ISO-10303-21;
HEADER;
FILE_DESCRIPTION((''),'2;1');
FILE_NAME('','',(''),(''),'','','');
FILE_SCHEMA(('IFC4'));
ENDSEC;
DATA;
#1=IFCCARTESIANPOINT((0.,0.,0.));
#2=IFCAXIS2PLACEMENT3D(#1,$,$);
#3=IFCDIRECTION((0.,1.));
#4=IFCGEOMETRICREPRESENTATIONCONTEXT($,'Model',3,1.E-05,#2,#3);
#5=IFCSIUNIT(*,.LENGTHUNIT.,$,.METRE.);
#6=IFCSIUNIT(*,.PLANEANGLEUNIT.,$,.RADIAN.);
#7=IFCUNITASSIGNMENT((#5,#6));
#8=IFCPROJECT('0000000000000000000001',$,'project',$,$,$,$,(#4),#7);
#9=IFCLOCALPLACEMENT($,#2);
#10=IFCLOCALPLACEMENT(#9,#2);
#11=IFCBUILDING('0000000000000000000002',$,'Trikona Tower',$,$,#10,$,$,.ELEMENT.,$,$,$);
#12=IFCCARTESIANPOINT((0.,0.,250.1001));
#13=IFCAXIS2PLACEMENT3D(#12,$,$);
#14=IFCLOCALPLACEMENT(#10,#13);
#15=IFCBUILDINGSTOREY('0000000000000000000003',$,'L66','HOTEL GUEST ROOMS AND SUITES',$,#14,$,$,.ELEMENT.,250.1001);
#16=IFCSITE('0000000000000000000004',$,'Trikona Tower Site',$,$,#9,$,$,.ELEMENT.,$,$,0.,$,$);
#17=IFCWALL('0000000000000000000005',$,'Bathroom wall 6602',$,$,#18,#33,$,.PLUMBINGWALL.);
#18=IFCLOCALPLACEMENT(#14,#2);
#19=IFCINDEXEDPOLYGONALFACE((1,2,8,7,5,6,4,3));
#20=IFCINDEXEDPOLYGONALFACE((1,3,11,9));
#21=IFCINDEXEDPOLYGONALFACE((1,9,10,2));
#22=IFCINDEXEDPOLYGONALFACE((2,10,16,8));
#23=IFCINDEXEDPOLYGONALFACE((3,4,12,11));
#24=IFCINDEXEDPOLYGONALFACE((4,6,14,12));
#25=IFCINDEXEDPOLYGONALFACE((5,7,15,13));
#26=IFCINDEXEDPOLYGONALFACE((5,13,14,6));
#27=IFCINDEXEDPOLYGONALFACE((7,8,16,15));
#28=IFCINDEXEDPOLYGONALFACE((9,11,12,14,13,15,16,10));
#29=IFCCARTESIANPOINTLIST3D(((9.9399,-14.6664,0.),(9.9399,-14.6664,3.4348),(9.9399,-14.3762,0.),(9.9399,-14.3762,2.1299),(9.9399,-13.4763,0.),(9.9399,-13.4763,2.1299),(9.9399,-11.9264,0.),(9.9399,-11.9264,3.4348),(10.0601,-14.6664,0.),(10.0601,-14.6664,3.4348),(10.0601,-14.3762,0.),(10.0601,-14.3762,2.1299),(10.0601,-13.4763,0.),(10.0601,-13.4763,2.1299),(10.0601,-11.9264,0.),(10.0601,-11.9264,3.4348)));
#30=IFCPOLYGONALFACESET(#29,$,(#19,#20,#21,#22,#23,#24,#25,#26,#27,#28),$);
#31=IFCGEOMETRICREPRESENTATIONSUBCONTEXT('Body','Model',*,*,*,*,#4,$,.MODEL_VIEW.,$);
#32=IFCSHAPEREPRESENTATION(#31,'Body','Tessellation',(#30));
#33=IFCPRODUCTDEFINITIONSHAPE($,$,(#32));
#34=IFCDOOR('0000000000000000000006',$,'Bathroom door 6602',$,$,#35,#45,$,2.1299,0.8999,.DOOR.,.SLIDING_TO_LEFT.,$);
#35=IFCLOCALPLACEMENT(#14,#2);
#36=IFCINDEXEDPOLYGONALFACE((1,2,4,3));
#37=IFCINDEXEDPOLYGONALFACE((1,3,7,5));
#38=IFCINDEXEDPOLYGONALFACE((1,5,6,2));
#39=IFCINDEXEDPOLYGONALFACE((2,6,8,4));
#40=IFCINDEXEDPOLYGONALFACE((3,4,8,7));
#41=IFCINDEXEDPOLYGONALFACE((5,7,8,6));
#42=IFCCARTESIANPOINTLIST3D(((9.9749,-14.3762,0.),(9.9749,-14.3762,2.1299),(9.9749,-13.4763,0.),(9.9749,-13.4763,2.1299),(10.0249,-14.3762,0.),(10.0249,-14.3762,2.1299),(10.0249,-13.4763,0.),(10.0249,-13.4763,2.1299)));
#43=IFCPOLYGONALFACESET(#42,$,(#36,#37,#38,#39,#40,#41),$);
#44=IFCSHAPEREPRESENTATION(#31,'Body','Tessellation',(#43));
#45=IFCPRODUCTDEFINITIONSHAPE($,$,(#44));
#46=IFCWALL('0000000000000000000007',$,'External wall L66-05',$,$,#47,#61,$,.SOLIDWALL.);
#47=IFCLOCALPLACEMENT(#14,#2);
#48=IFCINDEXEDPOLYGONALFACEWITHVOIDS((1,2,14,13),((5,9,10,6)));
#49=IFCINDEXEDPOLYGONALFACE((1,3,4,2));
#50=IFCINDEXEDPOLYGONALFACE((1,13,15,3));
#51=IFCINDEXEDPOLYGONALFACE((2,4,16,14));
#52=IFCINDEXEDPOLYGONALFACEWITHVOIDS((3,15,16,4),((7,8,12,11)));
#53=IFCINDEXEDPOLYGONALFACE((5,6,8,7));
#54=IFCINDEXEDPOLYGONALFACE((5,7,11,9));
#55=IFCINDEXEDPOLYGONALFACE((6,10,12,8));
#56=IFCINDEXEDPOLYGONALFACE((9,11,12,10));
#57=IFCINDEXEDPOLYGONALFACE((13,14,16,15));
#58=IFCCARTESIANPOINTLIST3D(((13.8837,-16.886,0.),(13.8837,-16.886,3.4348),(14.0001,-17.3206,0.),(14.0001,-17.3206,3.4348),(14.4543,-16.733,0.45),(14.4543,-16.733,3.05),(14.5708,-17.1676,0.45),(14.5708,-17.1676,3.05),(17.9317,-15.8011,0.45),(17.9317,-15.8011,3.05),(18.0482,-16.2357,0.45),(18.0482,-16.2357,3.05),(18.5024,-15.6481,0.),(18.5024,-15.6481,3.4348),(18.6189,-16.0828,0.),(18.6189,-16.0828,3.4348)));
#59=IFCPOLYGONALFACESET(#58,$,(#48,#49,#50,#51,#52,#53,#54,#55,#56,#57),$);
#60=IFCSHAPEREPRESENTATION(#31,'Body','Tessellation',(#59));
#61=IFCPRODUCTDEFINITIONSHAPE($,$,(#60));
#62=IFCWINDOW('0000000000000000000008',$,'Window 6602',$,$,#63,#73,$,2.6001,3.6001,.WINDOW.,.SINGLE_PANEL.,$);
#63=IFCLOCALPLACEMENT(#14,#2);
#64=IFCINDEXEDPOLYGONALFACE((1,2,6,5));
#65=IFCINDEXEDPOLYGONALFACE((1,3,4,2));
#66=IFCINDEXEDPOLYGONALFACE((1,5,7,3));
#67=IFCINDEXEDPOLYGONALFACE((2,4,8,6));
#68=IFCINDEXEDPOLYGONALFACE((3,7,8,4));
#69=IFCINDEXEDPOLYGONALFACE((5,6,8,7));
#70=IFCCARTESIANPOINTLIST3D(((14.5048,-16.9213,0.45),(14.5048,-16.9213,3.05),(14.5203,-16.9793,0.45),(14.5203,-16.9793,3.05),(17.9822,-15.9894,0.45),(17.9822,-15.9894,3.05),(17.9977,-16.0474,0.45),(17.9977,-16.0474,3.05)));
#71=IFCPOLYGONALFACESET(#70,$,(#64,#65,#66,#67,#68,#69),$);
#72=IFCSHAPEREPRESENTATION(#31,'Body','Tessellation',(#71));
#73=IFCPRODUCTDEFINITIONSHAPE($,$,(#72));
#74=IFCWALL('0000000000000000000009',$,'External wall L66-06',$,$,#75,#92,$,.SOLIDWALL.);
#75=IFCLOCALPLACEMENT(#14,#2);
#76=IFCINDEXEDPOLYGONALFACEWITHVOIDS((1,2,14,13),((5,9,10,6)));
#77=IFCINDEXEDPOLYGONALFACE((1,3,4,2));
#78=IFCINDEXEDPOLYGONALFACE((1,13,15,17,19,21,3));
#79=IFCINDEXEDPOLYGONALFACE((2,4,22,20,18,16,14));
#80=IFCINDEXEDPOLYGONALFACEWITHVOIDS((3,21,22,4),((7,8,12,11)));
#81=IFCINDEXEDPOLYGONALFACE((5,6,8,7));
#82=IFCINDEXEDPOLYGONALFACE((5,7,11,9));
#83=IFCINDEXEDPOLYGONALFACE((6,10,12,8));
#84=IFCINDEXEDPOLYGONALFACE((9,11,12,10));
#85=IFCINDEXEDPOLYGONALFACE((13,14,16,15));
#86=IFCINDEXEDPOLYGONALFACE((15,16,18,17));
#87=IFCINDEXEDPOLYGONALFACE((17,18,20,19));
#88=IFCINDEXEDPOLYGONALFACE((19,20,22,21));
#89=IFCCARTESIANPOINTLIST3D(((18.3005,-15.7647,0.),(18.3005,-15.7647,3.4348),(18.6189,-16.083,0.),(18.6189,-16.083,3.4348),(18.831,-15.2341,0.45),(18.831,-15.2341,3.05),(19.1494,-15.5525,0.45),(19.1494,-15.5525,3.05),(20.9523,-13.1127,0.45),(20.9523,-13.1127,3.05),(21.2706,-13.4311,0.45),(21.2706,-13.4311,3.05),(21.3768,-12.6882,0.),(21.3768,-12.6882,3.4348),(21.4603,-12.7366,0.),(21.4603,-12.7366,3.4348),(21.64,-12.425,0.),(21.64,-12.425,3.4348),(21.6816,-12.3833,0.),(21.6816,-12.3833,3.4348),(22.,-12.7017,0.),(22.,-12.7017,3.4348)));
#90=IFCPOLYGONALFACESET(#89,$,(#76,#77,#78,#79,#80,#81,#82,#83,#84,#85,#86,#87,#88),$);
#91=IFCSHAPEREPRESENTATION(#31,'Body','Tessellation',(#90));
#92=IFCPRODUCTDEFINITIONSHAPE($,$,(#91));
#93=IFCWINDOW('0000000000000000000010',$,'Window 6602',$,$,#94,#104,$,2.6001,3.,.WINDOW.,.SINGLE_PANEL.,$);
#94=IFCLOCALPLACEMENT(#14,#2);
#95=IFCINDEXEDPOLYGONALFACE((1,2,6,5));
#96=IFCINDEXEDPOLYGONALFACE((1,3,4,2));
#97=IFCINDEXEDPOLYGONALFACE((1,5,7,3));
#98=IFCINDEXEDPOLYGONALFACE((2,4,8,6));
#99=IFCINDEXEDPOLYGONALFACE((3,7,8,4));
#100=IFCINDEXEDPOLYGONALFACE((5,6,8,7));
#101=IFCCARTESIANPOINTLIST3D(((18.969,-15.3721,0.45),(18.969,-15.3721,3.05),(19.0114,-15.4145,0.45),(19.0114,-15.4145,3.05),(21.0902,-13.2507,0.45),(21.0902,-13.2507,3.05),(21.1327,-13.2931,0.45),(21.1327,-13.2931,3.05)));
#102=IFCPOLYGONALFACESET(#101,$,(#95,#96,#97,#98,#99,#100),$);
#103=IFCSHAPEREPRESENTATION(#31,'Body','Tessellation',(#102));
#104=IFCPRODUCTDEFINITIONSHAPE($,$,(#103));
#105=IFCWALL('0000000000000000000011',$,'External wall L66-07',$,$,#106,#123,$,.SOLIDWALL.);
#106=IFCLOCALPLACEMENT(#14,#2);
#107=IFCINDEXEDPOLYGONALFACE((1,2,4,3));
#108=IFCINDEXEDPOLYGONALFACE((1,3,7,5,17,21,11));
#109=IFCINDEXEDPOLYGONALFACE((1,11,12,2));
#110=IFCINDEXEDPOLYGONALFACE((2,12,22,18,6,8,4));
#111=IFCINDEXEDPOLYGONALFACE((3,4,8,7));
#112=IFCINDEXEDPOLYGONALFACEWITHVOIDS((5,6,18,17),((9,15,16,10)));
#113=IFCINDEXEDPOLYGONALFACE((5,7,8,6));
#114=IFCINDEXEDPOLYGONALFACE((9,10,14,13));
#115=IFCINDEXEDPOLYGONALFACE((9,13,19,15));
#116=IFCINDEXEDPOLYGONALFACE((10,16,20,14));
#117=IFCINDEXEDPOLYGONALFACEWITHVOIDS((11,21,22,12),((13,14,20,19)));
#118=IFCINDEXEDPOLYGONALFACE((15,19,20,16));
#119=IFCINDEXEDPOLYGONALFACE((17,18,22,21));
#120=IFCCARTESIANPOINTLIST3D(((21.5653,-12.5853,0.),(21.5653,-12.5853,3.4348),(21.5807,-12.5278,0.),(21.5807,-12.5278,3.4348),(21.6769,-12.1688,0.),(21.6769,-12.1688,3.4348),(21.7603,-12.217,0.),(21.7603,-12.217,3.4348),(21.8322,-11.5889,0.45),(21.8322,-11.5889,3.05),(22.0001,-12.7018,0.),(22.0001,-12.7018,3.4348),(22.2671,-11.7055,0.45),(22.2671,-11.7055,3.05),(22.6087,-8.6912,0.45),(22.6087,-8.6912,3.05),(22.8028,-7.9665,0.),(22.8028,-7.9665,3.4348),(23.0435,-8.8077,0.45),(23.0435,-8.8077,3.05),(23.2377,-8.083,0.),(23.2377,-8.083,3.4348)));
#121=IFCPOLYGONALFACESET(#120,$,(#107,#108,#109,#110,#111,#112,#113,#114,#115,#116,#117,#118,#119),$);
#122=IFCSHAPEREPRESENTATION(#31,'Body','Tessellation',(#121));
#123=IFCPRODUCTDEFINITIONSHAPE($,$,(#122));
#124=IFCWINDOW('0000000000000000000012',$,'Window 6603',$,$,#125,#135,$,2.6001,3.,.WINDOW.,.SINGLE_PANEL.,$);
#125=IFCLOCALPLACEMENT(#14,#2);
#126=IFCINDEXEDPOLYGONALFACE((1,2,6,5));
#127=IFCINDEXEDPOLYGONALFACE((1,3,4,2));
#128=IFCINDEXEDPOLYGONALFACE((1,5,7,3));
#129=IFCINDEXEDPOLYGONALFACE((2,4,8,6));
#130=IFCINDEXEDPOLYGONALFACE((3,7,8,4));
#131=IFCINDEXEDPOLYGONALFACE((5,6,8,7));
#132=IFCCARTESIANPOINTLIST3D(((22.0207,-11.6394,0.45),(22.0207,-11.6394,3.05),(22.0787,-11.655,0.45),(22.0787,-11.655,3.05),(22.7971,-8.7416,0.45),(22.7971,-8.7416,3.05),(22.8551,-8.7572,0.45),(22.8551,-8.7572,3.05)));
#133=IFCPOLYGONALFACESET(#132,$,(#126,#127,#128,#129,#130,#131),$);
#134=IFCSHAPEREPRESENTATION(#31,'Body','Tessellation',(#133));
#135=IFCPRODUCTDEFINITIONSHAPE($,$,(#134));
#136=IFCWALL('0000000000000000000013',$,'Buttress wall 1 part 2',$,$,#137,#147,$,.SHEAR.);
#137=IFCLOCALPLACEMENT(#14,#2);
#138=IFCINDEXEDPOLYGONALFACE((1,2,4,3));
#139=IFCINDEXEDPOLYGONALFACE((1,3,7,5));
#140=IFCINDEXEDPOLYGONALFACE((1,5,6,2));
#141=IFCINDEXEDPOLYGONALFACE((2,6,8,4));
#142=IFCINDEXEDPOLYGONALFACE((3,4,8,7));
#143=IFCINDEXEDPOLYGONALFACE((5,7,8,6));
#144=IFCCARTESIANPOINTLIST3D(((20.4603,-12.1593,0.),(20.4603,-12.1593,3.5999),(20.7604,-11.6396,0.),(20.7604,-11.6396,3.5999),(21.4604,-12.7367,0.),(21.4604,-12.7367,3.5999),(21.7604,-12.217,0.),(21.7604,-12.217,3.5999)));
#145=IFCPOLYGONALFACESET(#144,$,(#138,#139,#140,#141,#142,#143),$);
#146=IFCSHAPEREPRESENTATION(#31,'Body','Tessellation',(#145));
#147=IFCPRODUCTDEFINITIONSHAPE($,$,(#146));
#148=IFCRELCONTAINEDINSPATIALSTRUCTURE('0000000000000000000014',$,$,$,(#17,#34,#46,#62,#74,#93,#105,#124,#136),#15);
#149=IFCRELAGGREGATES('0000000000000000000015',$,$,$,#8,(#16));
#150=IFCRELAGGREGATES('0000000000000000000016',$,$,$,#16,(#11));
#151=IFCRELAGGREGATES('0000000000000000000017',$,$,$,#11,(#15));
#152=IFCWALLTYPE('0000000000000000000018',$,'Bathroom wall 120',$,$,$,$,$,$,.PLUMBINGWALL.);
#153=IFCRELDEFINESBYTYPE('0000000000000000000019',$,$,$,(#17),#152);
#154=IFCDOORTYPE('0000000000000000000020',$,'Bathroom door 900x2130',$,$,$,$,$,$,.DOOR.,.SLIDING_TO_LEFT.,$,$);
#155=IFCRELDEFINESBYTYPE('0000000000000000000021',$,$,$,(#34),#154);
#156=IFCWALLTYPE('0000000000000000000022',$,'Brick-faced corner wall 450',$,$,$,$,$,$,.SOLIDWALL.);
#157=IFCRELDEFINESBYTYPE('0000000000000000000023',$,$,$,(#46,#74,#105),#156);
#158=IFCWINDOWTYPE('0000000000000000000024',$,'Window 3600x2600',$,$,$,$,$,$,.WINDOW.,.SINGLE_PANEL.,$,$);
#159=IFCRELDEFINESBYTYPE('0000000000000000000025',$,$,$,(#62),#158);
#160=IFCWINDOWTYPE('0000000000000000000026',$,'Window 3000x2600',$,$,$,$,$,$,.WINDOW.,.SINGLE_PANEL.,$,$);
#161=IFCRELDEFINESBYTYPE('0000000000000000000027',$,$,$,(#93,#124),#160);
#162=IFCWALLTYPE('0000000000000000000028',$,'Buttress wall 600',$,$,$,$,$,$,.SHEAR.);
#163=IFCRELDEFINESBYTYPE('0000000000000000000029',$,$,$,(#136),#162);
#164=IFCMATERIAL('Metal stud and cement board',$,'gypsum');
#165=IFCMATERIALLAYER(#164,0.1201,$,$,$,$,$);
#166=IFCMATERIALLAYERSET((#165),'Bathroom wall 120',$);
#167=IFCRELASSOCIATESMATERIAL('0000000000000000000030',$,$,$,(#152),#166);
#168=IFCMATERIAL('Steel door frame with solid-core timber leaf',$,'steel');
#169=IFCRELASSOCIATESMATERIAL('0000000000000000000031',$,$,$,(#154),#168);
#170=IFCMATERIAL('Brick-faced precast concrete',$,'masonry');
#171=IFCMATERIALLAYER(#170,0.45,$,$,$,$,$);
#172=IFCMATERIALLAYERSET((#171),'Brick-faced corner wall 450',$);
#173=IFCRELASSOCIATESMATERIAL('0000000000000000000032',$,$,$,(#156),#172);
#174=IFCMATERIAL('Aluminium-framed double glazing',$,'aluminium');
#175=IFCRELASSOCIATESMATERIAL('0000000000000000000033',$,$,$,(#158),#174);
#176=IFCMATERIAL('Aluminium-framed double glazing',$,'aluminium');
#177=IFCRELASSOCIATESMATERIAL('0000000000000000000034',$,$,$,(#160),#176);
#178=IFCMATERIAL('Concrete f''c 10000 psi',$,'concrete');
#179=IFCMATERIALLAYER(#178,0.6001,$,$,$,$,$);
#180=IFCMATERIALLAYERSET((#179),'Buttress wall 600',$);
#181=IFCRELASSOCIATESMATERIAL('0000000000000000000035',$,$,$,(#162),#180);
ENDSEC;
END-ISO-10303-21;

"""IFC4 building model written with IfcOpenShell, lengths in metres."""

from ifc_helpers import new_model, si_unit, direction, frame, frame_2d, origin, place, context, subcontext, project, spatial, polyline, rectangle, outline, extrude, material, layer, layer_set, type_object, element, fill, save


model = new_model("IFC4")

# Units and contexts
model_context = context("Model", 3, precision=1e-05, world=origin(), true_north=direction((0.0, 1.0)))
body_context = subcontext(model_context, "Body", "Model", "MODEL_VIEW")
ifc_project = project(units=[si_unit("LENGTHUNIT", "METRE"), si_unit("PLANEANGLEUNIT", "RADIAN")], contexts=[model_context])

# Site, building, storey
site_placement = place(None, origin())
site = spatial("IfcSite", under=ifc_project, at=site_placement, Name="Trikona Tower Site", CompositionType="ELEMENT", RefElevation=0.0)
building_placement = place(site_placement, origin())
building = spatial("IfcBuilding", under=site, at=building_placement, Name="Trikona Tower", CompositionType="ELEMENT")
storey_placement = place(building_placement, frame((0.0, 0.0, 250.1001)))
storey = spatial("IfcBuildingStorey", under=building, at=storey_placement, Name="L66", Description="HOTEL GUEST ROOMS AND SUITES", CompositionType="ELEMENT", Elevation=250.1001)

# Wall, opening, door
ifc_material_1 = material(Name="Metal stud and cement board", Category="gypsum")
ifc_layer_1 = layer(ifc_material_1, 0.1201)
ifc_layer_set_1 = layer_set([ifc_layer_1], Name="Bathroom wall 120")
wall_type_1 = type_object("IfcWallType", Name="Bathroom wall 120", PredefinedType="PLUMBINGWALL", material=ifc_layer_set_1)
wall_1_placement = place(storey_placement, frame((10.0, -11.9263, 0.0), z_axis=(0.0, 0.0, 1.0), x_axis=(0.0, -1.0, 0.0)))
wall_1 = element("IfcWall", 1, at=wall_1_placement, inside=storey, type_object=wall_type_1, Name="Bathroom wall 6602", PredefinedType="PLUMBINGWALL", context=body_context, shape_type="SweptSolid", body=[
    extrude(rectangle(XDim=2.74, YDim=0.1201, at=frame_2d((1.3701, 0.0))), origin(), (0.0, 0.0, 1.0), 3.4348),
])
opening_1_placement = place(wall_1_placement, frame((1.55, 0.0, 0.0)))
opening_1 = element("IfcOpeningElement", 2, at=opening_1_placement, cuts=wall_1, PredefinedType="OPENING", context=body_context, shape_type="SweptSolid", body=[
    extrude(rectangle(XDim=0.8999, YDim=2.1299, at=frame_2d((0.45, 1.0649))), frame((0.0, 0.0701, 0.0), z_axis=(0.0, -1.0, 0.0), x_axis=(1.0, 0.0, 0.0)), (0.0, 0.0, 1.0), 0.1401),
])
ifc_material_2 = material(Name="Steel door frame with solid-core timber leaf", Category="steel")
door_type_1 = type_object("IfcDoorType", Name="Bathroom door 900x2130", OperationType="SLIDING_TO_LEFT", PredefinedType="DOOR", material=ifc_material_2)
door_1_placement = place(opening_1_placement, origin())
door_1 = element("IfcDoor", 3, at=door_1_placement, inside=storey, type_object=door_type_1, Name="Bathroom door 6602", OperationType="SLIDING_TO_LEFT", OverallHeight=2.1299, OverallWidth=0.8999, PredefinedType="DOOR", context=body_context, shape_type="SweptSolid", body=[
    extrude(rectangle(XDim=0.8999, YDim=2.1299, at=frame_2d((0.45, 1.0649))), frame((0.0, 0.0249, 0.0), z_axis=(0.0, -1.0, 0.0), x_axis=(1.0, 0.0, 0.0)), (0.0, 0.0, 1.0), 0.05),
])
fill(opening_1, door_1)

# Walls, openings, windows
ifc_material_3 = material(Name="Brick-faced precast concrete", Category="masonry")
ifc_layer_2 = layer(ifc_material_3, 0.45)
ifc_layer_set_2 = layer_set([ifc_layer_2], Name="Brick-faced corner wall 450")
wall_type_2 = type_object("IfcWallType", Name="Brick-faced corner wall 450", PredefinedType="SOLIDWALL", material=ifc_layer_set_2)
wall_2_placement = place(storey_placement, frame((13.9419, -17.1033, 0.0), z_axis=(0.0, 0.0, 1.0), x_axis=(0.965914, 0.258864, 0.0)))
wall_2 = element("IfcWall", 4, at=wall_2_placement, inside=storey, type_object=wall_type_2, Name="External wall L66-05", PredefinedType="SOLIDWALL", context=body_context, shape_type="SweptSolid", body=[
    extrude(rectangle(XDim=4.7817, YDim=0.45, at=frame_2d((2.3909, 0.0))), origin(), (0.0, 0.0, 1.0), 3.4348),
])
opening_2_placement = place(wall_2_placement, frame((0.5908, 0.0, 0.45)))
opening_2 = element("IfcOpeningElement", 5, at=opening_2_placement, cuts=wall_2, PredefinedType="OPENING", context=body_context, shape_type="SweptSolid", body=[
    extrude(rectangle(XDim=3.6001, YDim=2.6001, at=frame_2d((1.8, 1.3))), frame((0.0, 0.2349, 0.0), z_axis=(0.0, -1.0, 0.0), x_axis=(1.0, 0.0, 0.0)), (0.0, 0.0, 1.0), 0.47),
])
ifc_material_4 = material(Name="Aluminium-framed double glazing", Category="aluminium")
window_type_1 = type_object("IfcWindowType", Name="Window 3600x2600", PartitioningType="SINGLE_PANEL", PredefinedType="WINDOW", material=ifc_material_4)
window_1_placement = place(opening_2_placement, origin())
window_1 = element("IfcWindow", 6, at=window_1_placement, inside=storey, type_object=window_type_1, Name="Window 6602", OverallHeight=2.6001, OverallWidth=3.6001, PartitioningType="SINGLE_PANEL", PredefinedType="WINDOW", context=body_context, shape_type="SweptSolid", body=[
    extrude(rectangle(XDim=3.6001, YDim=2.6001, at=frame_2d((1.8, 1.3))), frame((0.0, 0.03, 0.0), z_axis=(0.0, -1.0, 0.0), x_axis=(1.0, 0.0, 0.0)), (0.0, 0.0, 1.0), 0.0601),
])
fill(opening_2, window_1)
wall_3_placement = place(storey_placement, frame((18.4597, -15.9238, 0.0), z_axis=(0.0, 0.0, 1.0), x_axis=(0.707081, 0.707132, 0.0)))
wall_3 = element("IfcWall", 7, at=wall_3_placement, inside=storey, type_object=wall_type_2, Name="External wall L66-06", PredefinedType="SOLIDWALL", context=body_context, shape_type="SweptSolid", body=[
    extrude(outline(polyline([(4.7817, 0.2251), (4.7229, 0.2251), (4.3755, 0.1318), (4.3506, 0.2251), (0.0, 0.2251), (0.0, -0.2251), (4.7817, -0.2251), (4.7817, 0.2251)])), origin(), (0.0, 0.0, 1.0), 3.4348),
])
opening_3_placement = place(wall_3_placement, frame((0.7502, 0.0, 0.45)))
opening_3 = element("IfcOpeningElement", 8, at=opening_3_placement, cuts=wall_3, PredefinedType="OPENING", context=body_context, shape_type="SweptSolid", body=[
    extrude(rectangle(XDim=3.0, YDim=2.6001, at=frame_2d((1.5, 1.3))), frame((0.0, 0.2349, 0.0), z_axis=(0.0, -1.0, 0.0), x_axis=(1.0, 0.0, 0.0)), (0.0, 0.0, 1.0), 0.47),
])
ifc_material_5 = material(Name="Aluminium-framed double glazing", Category="aluminium")
window_type_2 = type_object("IfcWindowType", Name="Window 3000x2600", PartitioningType="SINGLE_PANEL", PredefinedType="WINDOW", material=ifc_material_5)
window_2_placement = place(opening_3_placement, origin())
window_2 = element("IfcWindow", 9, at=window_2_placement, inside=storey, type_object=window_type_2, Name="Window 6602", OverallHeight=2.6001, OverallWidth=3.0, PartitioningType="SINGLE_PANEL", PredefinedType="WINDOW", context=body_context, shape_type="SweptSolid", body=[
    extrude(rectangle(XDim=3.0, YDim=2.6001, at=frame_2d((1.5, 1.3))), frame((0.0, 0.03, 0.0), z_axis=(0.0, -1.0, 0.0), x_axis=(1.0, 0.0, 0.0)), (0.0, 0.0, 1.0), 0.0601),
])
fill(opening_3, window_2)
wall_4_placement = place(storey_placement, frame((21.7827, -12.6436, 0.0), z_axis=(0.0, 0.0, 1.0), x_axis=(0.258803, 0.96593, 0.0)))
wall_4 = element("IfcWall", 10, at=wall_4_placement, inside=storey, type_object=wall_type_2, Name="External wall L66-07", PredefinedType="SOLIDWALL", context=body_context, shape_type="SweptSolid", body=[
    extrude(outline(polyline([(4.7817, 0.2251), (0.4312, 0.2251), (0.4062, 0.1321), (0.0596, 0.2251), (0.0, 0.2251), (0.0, -0.2251), (4.7817, -0.2251), (4.7817, 0.2251)])), origin(), (0.0, 0.0, 1.0), 3.4348),
])
opening_4_placement = place(wall_4_placement, frame((1.0315, 0.0, 0.45)))
opening_4 = element("IfcOpeningElement", 11, at=opening_4_placement, cuts=wall_4, PredefinedType="OPENING", context=body_context, shape_type="SweptSolid", body=[
    extrude(rectangle(XDim=3.0, YDim=2.6001, at=frame_2d((1.5, 1.3))), frame((0.0, 0.2349, 0.0), z_axis=(0.0, -1.0, 0.0), x_axis=(1.0, 0.0, 0.0)), (0.0, 0.0, 1.0), 0.47),
])
window_3_placement = place(opening_4_placement, origin())
window_3 = element("IfcWindow", 12, at=window_3_placement, inside=storey, type_object=window_type_2, Name="Window 6603", OverallHeight=2.6001, OverallWidth=3.0, PartitioningType="SINGLE_PANEL", PredefinedType="WINDOW", context=body_context, shape_type="SweptSolid", body=[
    extrude(rectangle(XDim=3.0, YDim=2.6001, at=frame_2d((1.5, 1.3))), frame((0.0, 0.03, 0.0), z_axis=(0.0, -1.0, 0.0), x_axis=(1.0, 0.0, 0.0)), (0.0, 0.0, 1.0), 0.0601),
])
fill(opening_4, window_3)

# Wall
ifc_material_6 = material(Name="Concrete f'c 10000 psi", Category="concrete")
ifc_layer_3 = layer(ifc_material_6, 0.6001)
ifc_layer_set_3 = layer_set([ifc_layer_3], Name="Buttress wall 600")
wall_type_3 = type_object("IfcWallType", Name="Buttress wall 600", PredefinedType="SHEAR", material=ifc_layer_set_3)
wall_5_placement = place(storey_placement, frame((20.6104, -11.8994, 0.0), z_axis=(0.0, 0.0, 1.0), x_axis=(0.86601, -0.500027, 0.0)))
element("IfcWall", 13, at=wall_5_placement, inside=storey, type_object=wall_type_3, Name="Buttress wall 1 part 2", PredefinedType="SHEAR", context=body_context, shape_type="SweptSolid", body=[
    extrude(rectangle(XDim=1.1548, YDim=0.6001, at=frame_2d((0.5774, 0.0))), origin(), (0.0, 0.0, 1.0), 3.5999),
])

save(model, "model.ifc")
